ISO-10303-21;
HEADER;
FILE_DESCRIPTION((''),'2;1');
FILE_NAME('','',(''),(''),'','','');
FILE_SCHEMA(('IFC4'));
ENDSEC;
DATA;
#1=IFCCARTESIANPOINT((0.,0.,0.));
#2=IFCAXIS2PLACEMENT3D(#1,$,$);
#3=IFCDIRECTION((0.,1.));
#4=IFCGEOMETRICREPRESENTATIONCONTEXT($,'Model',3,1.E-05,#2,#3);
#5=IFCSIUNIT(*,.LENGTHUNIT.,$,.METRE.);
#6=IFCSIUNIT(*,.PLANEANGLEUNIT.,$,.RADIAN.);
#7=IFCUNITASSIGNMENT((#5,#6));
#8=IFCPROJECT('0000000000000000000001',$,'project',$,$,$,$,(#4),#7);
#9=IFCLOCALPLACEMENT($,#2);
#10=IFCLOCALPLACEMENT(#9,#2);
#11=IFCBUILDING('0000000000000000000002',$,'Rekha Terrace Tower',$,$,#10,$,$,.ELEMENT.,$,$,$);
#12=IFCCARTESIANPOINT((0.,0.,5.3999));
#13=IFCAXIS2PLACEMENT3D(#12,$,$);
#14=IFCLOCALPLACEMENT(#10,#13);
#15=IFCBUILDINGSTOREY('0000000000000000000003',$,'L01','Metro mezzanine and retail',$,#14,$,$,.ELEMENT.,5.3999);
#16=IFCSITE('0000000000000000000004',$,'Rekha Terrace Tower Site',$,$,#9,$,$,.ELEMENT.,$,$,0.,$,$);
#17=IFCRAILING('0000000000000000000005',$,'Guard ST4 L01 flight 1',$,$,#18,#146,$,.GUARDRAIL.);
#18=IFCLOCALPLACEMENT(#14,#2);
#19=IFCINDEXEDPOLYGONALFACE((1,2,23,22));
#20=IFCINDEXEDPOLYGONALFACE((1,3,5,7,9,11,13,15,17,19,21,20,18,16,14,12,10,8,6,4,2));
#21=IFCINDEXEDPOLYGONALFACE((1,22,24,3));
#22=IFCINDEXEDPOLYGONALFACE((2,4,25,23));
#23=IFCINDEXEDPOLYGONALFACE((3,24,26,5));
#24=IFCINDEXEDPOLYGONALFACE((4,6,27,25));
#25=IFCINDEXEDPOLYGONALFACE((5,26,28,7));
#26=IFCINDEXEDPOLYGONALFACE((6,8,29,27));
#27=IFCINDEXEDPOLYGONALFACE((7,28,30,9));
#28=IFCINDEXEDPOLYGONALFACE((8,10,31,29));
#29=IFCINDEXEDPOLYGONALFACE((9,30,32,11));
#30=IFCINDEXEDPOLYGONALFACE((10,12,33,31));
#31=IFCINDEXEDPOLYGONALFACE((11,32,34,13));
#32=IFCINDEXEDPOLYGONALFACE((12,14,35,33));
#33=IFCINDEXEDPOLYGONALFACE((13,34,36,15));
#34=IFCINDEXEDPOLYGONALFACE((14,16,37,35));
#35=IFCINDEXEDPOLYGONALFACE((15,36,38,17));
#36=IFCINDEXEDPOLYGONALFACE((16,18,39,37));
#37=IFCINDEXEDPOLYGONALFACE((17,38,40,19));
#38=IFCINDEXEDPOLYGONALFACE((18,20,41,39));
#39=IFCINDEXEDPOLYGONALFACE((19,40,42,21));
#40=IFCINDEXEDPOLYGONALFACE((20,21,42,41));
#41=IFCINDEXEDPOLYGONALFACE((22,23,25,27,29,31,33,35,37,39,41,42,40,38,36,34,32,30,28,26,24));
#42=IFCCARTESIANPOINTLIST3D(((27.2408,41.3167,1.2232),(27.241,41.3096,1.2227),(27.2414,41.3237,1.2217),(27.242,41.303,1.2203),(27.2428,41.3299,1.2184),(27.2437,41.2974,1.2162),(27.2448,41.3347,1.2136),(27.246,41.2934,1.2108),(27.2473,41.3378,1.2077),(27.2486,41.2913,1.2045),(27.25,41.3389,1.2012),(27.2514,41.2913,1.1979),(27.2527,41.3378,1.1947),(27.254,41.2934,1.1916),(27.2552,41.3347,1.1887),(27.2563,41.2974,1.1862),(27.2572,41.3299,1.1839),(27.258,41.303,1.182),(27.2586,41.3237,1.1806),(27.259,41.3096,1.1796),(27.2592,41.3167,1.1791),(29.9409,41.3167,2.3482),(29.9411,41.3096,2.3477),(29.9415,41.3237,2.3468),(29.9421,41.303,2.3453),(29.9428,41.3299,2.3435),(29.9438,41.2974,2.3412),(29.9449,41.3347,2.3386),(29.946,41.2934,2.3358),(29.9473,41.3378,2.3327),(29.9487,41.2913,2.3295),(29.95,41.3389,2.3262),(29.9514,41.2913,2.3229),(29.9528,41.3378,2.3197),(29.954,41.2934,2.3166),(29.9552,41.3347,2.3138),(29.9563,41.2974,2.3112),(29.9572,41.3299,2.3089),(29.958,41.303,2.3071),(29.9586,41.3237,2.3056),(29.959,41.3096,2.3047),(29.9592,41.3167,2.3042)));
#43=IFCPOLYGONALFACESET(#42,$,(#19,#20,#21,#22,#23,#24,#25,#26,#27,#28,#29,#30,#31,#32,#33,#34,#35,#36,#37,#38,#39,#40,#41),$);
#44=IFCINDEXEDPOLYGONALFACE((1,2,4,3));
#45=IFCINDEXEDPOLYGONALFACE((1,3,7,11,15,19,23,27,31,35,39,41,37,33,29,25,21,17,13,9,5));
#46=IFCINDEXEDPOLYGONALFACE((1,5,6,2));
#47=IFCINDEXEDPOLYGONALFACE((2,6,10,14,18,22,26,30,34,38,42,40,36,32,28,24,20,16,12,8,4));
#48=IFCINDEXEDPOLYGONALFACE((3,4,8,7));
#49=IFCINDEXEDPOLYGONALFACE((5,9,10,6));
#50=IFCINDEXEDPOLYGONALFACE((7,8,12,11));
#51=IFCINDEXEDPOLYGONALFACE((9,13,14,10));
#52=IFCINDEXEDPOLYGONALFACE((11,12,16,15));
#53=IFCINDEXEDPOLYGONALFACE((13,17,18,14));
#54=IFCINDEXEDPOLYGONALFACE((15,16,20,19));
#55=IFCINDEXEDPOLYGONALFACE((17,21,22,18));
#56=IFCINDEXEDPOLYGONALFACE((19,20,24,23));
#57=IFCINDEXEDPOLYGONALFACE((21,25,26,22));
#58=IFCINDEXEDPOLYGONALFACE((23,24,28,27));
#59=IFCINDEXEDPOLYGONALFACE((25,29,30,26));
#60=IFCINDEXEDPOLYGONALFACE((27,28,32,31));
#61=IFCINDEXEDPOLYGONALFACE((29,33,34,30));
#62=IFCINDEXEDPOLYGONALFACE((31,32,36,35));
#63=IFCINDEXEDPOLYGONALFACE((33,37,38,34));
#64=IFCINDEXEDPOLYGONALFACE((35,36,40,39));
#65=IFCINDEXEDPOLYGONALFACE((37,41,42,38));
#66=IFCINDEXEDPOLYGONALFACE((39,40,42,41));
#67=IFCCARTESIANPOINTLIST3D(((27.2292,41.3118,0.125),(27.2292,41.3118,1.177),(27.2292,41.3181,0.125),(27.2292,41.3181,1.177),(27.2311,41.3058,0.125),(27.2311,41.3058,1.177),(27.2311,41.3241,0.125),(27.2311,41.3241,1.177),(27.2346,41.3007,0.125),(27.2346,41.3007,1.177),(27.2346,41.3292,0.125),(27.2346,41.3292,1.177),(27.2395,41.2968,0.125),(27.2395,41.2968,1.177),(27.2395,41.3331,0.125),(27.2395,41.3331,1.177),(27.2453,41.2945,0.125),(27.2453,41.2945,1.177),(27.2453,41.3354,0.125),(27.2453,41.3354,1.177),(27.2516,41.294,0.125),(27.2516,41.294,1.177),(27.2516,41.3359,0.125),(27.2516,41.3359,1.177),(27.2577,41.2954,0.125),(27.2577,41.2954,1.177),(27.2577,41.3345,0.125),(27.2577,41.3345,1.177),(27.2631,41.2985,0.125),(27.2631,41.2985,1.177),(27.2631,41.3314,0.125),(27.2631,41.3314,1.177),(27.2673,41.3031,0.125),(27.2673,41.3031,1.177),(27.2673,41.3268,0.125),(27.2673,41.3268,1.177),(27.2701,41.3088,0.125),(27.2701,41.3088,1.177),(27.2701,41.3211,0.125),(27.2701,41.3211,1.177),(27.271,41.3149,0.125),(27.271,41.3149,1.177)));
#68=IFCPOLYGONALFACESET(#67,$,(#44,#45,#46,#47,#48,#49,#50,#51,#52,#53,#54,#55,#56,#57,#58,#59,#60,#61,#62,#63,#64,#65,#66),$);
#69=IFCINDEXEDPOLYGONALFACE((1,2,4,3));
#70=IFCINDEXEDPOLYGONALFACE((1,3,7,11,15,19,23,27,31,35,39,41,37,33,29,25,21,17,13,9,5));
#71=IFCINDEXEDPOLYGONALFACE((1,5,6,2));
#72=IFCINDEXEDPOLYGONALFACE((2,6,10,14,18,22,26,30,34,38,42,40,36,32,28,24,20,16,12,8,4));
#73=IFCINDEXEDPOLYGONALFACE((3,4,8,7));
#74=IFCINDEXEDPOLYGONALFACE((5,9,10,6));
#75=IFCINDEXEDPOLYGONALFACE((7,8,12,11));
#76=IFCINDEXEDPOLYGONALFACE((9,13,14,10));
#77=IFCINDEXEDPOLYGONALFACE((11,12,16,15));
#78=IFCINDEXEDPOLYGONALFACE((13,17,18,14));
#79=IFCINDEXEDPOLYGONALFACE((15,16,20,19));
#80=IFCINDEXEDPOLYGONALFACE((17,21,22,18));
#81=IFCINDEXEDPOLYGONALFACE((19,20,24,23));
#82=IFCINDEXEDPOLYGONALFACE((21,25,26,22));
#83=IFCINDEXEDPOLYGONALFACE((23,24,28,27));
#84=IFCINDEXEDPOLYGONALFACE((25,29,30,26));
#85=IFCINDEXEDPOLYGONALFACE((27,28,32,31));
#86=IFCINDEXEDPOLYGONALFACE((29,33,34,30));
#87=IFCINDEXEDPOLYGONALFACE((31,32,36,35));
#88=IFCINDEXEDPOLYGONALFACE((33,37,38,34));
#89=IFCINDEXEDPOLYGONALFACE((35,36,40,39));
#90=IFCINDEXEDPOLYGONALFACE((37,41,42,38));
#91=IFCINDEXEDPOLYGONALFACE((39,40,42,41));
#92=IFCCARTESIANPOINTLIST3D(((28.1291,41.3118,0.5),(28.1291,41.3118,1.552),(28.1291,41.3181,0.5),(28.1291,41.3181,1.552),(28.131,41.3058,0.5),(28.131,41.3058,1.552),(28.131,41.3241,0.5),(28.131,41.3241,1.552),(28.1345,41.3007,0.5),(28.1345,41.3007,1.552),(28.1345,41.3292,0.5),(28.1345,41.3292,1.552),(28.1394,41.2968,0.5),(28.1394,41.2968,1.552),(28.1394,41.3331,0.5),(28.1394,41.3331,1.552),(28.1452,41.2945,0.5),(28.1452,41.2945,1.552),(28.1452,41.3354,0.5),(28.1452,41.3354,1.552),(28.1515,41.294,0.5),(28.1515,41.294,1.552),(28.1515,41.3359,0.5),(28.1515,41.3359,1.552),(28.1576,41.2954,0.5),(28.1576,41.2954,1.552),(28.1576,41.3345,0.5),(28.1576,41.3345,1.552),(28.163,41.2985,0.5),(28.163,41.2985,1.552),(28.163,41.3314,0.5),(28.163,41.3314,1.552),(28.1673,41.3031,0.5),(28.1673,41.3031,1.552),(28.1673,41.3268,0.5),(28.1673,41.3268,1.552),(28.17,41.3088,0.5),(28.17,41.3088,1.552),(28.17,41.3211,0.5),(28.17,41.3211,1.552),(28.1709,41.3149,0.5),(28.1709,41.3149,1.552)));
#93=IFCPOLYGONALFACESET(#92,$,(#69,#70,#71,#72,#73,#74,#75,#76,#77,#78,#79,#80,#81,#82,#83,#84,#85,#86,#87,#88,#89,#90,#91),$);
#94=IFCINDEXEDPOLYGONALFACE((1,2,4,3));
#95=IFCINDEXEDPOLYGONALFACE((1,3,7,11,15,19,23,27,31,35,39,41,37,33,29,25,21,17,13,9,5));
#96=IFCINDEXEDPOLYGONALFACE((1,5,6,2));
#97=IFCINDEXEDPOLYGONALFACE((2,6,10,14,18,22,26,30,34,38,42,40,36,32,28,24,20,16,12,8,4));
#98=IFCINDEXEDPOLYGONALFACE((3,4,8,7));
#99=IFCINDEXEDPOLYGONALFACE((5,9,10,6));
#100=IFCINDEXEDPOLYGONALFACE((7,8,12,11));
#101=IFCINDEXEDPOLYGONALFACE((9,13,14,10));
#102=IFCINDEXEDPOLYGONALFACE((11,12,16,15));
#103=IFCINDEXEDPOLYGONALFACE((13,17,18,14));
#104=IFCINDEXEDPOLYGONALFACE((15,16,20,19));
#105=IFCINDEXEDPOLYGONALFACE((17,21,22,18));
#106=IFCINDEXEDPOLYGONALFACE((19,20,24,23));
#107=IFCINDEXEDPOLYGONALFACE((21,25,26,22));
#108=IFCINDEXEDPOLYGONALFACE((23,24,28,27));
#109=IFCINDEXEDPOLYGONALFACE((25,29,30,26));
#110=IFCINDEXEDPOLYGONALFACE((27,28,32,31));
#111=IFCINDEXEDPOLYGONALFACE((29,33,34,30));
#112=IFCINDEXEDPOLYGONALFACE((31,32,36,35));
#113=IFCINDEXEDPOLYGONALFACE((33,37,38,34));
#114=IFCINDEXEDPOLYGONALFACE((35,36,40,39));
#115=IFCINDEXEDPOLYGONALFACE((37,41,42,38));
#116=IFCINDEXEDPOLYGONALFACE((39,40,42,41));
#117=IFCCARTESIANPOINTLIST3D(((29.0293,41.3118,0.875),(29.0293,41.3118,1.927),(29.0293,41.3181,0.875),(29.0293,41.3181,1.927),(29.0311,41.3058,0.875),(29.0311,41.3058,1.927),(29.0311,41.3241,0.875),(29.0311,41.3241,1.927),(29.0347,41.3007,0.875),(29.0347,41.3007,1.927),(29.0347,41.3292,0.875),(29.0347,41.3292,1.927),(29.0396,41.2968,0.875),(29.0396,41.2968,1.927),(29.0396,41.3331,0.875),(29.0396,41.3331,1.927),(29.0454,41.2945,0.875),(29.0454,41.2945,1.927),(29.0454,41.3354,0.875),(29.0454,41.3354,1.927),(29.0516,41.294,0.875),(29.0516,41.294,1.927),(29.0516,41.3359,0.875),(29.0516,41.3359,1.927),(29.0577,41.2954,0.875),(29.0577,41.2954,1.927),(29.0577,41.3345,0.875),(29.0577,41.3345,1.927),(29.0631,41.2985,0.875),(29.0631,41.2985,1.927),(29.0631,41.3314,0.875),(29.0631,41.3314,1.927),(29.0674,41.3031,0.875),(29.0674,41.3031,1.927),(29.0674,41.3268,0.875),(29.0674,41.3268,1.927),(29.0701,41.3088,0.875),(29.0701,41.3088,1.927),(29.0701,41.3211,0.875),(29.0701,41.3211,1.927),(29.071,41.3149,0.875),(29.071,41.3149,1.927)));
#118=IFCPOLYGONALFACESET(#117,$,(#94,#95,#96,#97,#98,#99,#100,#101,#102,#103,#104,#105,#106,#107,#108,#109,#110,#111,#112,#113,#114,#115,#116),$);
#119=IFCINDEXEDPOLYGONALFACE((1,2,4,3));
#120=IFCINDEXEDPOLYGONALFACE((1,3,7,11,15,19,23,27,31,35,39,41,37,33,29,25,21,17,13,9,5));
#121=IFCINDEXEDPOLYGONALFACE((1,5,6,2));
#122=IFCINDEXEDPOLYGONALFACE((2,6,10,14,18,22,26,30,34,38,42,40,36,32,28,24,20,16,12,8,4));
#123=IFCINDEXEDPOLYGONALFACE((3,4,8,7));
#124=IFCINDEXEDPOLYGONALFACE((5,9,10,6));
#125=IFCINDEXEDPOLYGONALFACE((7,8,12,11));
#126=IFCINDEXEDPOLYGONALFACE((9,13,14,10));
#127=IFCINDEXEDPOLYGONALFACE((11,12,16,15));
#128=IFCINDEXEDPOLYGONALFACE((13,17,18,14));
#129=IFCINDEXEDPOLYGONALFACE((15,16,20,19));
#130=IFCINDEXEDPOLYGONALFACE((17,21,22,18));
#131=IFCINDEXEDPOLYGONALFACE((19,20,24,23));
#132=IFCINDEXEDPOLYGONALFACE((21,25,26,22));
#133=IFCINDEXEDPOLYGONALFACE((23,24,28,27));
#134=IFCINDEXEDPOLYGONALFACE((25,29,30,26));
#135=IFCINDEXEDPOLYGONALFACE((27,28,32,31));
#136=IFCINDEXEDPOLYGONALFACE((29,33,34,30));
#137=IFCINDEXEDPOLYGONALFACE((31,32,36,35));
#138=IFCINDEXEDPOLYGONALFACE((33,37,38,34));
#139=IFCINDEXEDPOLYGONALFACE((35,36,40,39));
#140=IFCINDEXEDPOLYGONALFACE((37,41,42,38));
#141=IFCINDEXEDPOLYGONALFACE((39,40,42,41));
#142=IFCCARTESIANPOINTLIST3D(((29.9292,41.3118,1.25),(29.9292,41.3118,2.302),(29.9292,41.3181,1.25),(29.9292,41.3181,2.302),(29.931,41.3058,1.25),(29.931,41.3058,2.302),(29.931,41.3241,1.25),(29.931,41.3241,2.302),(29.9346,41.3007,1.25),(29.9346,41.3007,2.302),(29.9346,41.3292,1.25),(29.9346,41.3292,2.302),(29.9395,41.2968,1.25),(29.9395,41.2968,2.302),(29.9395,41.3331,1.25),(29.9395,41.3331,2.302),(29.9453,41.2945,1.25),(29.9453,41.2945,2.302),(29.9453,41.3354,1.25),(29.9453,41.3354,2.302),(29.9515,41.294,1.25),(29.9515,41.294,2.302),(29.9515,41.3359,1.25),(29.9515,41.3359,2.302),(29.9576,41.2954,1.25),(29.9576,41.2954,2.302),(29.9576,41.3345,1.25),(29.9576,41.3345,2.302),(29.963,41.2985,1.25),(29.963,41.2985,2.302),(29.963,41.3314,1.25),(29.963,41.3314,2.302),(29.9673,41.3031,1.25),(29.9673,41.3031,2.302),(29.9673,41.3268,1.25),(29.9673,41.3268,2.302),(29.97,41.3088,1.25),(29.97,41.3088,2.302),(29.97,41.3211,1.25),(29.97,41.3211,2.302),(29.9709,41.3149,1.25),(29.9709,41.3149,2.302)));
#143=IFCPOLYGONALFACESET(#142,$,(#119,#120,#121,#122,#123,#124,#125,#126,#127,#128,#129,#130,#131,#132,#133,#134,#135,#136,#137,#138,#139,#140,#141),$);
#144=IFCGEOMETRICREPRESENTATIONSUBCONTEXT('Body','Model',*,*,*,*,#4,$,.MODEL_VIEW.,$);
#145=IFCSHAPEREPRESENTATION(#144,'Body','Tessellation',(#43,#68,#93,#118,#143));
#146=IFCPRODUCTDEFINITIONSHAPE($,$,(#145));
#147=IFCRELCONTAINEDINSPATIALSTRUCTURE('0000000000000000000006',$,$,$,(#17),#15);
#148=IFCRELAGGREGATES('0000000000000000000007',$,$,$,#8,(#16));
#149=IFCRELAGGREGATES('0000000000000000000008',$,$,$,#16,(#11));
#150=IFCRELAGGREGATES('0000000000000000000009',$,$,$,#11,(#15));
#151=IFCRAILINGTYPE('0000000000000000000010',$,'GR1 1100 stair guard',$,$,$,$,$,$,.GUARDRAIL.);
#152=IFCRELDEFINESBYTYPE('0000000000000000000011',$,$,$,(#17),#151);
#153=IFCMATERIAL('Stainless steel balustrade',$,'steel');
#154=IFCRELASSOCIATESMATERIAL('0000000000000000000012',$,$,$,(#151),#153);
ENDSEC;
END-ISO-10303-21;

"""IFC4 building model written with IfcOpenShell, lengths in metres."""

from ifc_helpers import new_model, si_unit, direction, frame, origin, origin_2d, place, context, subcontext, project, spatial, circle, extrude, material, type_object, element, save


model = new_model("IFC4")

# Units and contexts
model_context = context("Model", 3, precision=1e-05, world=origin(), true_north=direction((0.0, 1.0)))
body_context = subcontext(model_context, "Body", "Model", "MODEL_VIEW")
ifc_project = project(units=[si_unit("LENGTHUNIT", "METRE"), si_unit("PLANEANGLEUNIT", "RADIAN")], contexts=[model_context])

# Site, building, storey
site_placement = place(None, origin())
site = spatial("IfcSite", under=ifc_project, at=site_placement, Name="Rekha Terrace Tower Site", CompositionType="ELEMENT", RefElevation=0.0)
building_placement = place(site_placement, origin())
building = spatial("IfcBuilding", under=site, at=building_placement, Name="Rekha Terrace Tower", CompositionType="ELEMENT")
storey_placement = place(building_placement, frame((0.0, 0.0, 5.3999)))
storey = spatial("IfcBuildingStorey", under=building, at=storey_placement, Name="L01", Description="Metro mezzanine and retail", CompositionType="ELEMENT", Elevation=5.3999)

# Railing
ifc_material_1 = material(Name="Stainless steel balustrade", Category="steel")
railing_type_1 = type_object("IfcRailingType", Name="GR1 1100 stair guard", PredefinedType="GUARDRAIL", material=ifc_material_1)
railing_1_placement = place(storey_placement, frame((27.25, 41.3149, 0.125)))
element("IfcRailing", 1, at=railing_1_placement, inside=storey, type_object=railing_type_1, Name="Guard ST4 L01 flight 1", PredefinedType="GUARDRAIL", context=body_context, shape_type="SweptSolid", body=[
    extrude(circle(Radius=0.0239, at=origin_2d()), frame((0.0, 0.0, 1.0762), z_axis=(0.923074, 0.0, 0.384621), x_axis=(0.0, 1.0, 0.0)), (0.0, 0.0, 1.0), 2.925),
    extrude(circle(Radius=0.021, at=origin_2d()), origin(), (0.0, 0.0, 1.0), 1.052),
    extrude(circle(Radius=0.021, at=origin_2d()), frame((0.8999, 0.0, 0.375)), (0.0, 0.0, 1.0), 1.052),
    extrude(circle(Radius=0.021, at=origin_2d()), frame((1.8, 0.0, 0.75)), (0.0, 0.0, 1.0), 1.052),
    extrude(circle(Radius=0.021, at=origin_2d()), frame((2.7, 0.0, 1.125)), (0.0, 0.0, 1.0), 1.052),
])

save(model, "model.ifc")
